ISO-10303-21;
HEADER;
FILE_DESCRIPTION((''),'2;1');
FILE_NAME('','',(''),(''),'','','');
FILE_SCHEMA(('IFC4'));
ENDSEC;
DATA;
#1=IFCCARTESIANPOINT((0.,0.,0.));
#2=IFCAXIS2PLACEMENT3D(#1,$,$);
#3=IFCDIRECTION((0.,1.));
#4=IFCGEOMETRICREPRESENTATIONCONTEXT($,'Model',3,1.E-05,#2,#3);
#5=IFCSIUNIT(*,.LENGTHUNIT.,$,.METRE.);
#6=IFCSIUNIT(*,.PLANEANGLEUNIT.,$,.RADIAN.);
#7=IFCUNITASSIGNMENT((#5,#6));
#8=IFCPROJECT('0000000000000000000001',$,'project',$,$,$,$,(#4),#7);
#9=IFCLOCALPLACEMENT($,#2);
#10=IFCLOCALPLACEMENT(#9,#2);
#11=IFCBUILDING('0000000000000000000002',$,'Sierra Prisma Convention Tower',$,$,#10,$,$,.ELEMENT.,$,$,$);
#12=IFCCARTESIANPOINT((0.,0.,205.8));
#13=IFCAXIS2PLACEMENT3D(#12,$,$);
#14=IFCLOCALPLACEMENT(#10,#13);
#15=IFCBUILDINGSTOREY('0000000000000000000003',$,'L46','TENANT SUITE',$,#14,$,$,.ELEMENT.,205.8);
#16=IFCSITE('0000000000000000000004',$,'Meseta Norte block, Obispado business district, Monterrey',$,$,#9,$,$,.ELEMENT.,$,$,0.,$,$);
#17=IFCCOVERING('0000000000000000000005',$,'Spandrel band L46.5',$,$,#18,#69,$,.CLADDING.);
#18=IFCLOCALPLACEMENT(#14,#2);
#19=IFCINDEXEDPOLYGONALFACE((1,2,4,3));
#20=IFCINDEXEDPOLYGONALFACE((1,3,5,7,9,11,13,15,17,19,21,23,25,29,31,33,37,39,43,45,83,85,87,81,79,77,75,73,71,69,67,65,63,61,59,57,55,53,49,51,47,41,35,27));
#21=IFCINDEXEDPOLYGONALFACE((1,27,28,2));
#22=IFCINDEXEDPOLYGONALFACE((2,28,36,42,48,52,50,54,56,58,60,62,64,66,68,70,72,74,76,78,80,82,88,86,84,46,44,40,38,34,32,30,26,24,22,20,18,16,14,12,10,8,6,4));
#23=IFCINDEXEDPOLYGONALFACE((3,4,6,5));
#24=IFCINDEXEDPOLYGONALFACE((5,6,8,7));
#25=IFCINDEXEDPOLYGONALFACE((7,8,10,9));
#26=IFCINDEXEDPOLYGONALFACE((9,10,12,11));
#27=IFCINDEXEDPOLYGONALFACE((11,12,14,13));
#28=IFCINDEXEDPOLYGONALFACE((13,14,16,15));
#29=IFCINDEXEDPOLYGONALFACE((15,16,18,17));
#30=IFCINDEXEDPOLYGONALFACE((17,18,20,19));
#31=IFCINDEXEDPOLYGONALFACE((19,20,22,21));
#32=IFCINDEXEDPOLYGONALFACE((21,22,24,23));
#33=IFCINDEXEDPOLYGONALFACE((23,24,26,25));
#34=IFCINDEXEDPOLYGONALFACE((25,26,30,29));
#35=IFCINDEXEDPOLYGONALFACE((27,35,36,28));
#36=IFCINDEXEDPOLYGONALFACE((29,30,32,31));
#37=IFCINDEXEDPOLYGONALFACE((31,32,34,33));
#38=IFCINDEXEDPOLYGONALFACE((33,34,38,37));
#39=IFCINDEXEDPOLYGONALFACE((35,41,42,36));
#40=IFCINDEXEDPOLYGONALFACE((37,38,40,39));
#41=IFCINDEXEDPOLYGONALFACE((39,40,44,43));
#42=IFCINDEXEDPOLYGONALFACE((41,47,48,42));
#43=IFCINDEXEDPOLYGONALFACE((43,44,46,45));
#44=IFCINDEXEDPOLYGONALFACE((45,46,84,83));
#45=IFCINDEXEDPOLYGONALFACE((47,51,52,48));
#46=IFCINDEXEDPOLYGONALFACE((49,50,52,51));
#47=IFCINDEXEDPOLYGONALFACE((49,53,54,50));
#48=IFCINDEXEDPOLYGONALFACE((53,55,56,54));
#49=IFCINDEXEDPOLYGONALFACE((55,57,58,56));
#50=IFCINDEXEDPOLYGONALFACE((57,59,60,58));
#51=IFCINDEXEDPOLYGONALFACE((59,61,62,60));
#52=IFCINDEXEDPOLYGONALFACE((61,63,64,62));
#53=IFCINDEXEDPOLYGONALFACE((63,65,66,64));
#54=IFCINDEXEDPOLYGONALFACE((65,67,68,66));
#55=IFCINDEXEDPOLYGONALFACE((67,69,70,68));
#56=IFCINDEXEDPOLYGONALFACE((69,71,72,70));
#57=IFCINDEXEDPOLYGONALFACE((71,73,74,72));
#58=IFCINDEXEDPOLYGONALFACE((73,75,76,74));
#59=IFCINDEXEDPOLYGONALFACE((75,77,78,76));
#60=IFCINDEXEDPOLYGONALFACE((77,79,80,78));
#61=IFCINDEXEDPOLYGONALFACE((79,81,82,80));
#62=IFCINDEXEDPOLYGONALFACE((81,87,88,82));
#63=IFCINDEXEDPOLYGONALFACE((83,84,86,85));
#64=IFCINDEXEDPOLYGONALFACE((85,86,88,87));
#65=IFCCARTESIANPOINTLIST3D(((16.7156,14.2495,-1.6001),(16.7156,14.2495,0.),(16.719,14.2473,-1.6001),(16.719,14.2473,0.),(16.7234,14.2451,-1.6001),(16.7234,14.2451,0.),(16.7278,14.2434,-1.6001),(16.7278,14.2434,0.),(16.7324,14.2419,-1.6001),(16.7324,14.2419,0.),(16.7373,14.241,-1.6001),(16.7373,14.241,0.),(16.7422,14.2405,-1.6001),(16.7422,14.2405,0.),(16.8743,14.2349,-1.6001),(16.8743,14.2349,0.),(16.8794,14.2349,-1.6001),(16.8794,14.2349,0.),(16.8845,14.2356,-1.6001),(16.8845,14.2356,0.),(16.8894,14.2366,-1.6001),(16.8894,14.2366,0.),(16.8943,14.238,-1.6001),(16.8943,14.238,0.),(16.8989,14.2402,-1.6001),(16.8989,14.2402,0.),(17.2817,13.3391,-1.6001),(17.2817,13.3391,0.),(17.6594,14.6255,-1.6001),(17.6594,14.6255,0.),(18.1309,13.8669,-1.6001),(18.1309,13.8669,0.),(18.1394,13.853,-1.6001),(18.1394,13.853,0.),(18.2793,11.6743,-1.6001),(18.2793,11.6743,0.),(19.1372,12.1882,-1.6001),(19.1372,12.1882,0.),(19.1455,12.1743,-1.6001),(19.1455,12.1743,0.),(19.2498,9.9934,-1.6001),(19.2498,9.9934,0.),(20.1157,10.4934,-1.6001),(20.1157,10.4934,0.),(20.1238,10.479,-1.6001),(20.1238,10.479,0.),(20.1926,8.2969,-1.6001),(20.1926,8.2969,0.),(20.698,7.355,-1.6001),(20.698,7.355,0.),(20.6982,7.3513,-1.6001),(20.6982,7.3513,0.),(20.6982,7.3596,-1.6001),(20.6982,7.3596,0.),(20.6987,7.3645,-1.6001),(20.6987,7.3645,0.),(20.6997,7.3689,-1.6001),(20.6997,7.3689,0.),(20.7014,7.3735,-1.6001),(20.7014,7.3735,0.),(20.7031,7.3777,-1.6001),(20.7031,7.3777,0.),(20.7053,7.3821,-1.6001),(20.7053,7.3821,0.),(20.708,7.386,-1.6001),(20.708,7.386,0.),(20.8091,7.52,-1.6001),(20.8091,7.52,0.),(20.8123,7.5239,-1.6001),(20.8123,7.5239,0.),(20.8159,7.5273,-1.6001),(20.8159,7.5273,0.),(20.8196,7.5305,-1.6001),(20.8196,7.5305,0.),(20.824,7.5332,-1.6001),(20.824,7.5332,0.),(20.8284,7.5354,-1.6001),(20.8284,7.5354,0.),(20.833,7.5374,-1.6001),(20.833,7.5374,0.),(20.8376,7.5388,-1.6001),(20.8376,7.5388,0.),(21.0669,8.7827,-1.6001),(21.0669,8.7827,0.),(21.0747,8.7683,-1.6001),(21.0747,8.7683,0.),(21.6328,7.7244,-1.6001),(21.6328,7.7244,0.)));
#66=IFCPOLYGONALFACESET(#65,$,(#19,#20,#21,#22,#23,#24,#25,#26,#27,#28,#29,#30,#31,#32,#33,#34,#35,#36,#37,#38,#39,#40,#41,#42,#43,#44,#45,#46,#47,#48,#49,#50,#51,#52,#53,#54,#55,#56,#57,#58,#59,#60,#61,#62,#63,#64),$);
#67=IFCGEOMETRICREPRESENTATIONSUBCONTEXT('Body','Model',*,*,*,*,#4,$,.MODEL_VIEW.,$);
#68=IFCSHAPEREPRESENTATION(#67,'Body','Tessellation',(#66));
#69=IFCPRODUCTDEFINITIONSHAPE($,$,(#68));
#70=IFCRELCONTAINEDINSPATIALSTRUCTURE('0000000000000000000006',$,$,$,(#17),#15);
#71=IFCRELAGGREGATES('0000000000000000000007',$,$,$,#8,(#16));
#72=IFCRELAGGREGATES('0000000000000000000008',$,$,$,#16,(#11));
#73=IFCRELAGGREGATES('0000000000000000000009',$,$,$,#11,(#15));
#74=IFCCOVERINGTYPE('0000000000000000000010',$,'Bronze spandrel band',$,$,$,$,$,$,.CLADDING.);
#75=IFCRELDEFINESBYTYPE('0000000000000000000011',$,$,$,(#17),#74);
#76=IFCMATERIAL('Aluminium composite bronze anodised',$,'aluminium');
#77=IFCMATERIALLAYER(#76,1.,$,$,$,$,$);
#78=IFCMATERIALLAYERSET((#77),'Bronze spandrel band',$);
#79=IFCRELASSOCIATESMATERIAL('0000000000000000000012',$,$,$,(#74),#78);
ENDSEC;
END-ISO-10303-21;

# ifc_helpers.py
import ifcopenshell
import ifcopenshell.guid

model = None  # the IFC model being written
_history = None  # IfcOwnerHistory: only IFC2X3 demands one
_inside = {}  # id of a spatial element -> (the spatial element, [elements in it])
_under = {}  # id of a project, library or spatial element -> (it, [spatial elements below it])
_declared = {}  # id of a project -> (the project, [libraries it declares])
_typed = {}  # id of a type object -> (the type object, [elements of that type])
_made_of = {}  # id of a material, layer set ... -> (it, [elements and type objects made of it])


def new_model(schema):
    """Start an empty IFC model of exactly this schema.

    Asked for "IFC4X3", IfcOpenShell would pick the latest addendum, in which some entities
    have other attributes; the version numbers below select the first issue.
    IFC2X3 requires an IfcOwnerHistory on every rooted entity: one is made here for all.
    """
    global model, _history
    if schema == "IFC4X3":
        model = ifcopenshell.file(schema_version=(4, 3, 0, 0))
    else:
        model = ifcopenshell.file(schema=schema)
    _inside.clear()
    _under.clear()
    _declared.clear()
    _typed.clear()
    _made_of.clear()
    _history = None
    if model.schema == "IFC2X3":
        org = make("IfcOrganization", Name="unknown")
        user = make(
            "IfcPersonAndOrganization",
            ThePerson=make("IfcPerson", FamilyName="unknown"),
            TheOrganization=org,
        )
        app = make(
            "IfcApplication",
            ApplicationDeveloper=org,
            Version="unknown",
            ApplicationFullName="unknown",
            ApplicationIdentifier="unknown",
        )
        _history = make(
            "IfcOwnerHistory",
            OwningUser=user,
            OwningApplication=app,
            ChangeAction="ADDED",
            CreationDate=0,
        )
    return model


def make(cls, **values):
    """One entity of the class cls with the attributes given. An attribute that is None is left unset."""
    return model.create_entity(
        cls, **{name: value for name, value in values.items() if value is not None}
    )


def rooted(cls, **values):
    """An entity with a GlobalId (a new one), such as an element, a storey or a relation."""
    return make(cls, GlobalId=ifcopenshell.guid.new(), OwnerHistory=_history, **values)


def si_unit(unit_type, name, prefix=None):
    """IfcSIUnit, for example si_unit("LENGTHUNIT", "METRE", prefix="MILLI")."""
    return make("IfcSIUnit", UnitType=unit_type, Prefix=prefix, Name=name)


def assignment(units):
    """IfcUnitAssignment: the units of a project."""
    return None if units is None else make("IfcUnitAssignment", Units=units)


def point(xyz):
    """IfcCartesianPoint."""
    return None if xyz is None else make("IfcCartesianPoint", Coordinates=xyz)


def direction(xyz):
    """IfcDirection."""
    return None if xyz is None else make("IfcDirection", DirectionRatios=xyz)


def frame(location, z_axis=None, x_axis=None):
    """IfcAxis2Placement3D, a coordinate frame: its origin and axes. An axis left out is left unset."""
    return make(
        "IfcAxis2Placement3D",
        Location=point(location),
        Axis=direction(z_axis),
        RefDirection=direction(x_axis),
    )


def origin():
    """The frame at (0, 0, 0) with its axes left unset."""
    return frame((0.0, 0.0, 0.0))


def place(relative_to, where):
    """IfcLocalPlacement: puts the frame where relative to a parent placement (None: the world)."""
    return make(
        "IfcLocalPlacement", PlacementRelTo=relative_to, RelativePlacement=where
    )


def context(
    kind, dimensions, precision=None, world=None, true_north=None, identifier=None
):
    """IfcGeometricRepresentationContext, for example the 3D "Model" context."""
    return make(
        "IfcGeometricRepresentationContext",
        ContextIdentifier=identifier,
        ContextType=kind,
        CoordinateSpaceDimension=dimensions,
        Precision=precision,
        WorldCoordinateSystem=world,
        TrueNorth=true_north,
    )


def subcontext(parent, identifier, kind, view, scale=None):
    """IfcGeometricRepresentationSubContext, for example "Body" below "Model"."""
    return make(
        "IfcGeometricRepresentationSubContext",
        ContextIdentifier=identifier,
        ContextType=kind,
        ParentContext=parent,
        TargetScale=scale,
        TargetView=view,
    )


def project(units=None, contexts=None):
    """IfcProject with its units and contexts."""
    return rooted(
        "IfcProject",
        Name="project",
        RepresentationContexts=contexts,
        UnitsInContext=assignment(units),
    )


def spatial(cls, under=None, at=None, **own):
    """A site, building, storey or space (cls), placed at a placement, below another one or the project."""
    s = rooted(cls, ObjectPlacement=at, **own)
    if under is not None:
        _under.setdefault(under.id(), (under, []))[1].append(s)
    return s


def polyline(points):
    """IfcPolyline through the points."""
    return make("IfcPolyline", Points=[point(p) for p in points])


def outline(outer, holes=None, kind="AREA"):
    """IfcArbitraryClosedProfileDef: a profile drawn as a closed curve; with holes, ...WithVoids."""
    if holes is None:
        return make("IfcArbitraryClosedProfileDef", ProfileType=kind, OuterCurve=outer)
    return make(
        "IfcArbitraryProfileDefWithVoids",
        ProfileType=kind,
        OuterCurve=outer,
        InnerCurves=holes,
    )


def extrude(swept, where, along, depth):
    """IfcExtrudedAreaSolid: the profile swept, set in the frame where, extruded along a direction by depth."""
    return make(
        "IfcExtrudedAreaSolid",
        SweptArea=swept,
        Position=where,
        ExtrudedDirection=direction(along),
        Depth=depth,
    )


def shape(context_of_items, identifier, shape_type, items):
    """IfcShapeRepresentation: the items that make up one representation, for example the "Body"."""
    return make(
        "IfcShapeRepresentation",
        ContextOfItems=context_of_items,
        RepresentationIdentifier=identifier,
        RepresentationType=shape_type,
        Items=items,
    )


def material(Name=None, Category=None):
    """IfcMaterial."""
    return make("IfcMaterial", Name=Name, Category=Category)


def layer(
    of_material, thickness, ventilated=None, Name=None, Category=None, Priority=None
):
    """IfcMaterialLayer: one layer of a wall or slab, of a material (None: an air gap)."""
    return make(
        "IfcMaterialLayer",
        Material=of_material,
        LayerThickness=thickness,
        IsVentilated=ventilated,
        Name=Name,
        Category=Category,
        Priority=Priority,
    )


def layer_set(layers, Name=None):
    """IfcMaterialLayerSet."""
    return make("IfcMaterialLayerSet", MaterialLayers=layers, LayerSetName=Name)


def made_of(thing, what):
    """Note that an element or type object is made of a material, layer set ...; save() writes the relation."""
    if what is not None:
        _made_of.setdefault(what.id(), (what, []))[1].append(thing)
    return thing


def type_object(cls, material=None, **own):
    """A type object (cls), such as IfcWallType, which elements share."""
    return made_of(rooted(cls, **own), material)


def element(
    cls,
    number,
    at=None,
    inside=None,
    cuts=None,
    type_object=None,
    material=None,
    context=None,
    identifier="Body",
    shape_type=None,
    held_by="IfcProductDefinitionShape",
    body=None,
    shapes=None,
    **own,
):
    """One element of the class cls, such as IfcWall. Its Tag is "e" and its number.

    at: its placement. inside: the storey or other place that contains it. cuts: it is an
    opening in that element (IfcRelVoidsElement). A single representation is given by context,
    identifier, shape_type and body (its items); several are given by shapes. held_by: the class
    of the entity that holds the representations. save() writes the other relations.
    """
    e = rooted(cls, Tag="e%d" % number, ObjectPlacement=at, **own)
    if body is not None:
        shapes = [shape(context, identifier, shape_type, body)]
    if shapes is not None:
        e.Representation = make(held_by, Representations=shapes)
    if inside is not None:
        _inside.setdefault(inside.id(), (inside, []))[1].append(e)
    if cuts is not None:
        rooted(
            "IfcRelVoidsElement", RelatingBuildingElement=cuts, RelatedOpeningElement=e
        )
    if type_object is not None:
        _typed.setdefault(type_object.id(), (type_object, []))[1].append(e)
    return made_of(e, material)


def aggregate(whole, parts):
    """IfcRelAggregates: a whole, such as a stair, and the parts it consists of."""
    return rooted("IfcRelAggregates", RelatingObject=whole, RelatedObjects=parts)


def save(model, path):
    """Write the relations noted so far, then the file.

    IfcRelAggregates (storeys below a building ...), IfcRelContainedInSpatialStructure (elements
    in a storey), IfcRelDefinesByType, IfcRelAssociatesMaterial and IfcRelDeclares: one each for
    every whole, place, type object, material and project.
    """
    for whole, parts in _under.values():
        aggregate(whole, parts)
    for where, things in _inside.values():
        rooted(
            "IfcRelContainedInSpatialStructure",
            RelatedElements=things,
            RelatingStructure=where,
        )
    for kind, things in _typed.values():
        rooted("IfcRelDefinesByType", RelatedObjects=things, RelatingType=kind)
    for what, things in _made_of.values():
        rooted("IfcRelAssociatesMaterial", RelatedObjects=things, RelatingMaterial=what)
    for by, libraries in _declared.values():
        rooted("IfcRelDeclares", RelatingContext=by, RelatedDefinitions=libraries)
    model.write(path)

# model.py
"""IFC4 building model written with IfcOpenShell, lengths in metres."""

from ifc_helpers import new_model, si_unit, direction, frame, origin, place, context, subcontext, project, spatial, polyline, outline, extrude, material, layer, layer_set, type_object, element, save


model = new_model("IFC4")

# Units and contexts
model_context = context("Model", 3, precision=1e-05, world=origin(), true_north=direction((0.0, 1.0)))
body_context = subcontext(model_context, "Body", "Model", "MODEL_VIEW")
ifc_project = project(units=[si_unit("LENGTHUNIT", "METRE"), si_unit("PLANEANGLEUNIT", "RADIAN")], contexts=[model_context])

# Site, building, storey
site_placement = place(None, origin())
site = spatial("IfcSite", under=ifc_project, at=site_placement, Name="Meseta Norte block, Obispado business district, Monterrey", CompositionType="ELEMENT", RefElevation=0.0)
building_placement = place(site_placement, origin())
building = spatial("IfcBuilding", under=site, at=building_placement, Name="Sierra Prisma Convention Tower", CompositionType="ELEMENT")
storey_placement = place(building_placement, frame((0.0, 0.0, 205.8)))
storey = spatial("IfcBuildingStorey", under=building, at=storey_placement, Name="L46", Description="TENANT SUITE", CompositionType="ELEMENT", Elevation=205.8)

# Covering
ifc_material_1 = material(Name="Aluminium composite bronze anodised", Category="aluminium")
ifc_layer_1 = layer(ifc_material_1, 1.0)
ifc_layer_set_1 = layer_set([ifc_layer_1], Name="Bronze spandrel band")
covering_type_1 = type_object("IfcCoveringType", Name="Bronze spandrel band", PredefinedType="CLADDING", material=ifc_layer_set_1)
covering_1_placement = place(storey_placement, frame((0.0, 0.0, -1.6001)))
element("IfcCovering", 1, at=covering_1_placement, inside=storey, type_object=covering_type_1, Name="Spandrel band L46.5", PredefinedType="CLADDING", context=body_context, shape_type="SweptSolid", body=[
    extrude(outline(polyline([(21.6328, 7.7244), (20.8376, 7.5388), (20.833, 7.5374), (20.8284, 7.5354), (20.824, 7.5332), (20.8196, 7.5305), (20.8159, 7.5273), (20.8123, 7.5239), (20.8091, 7.52), (20.708, 7.386), (20.7053, 7.3821), (20.7031, 7.3777), (20.7014, 7.3735), (20.6997, 7.3689), (20.6987, 7.3645), (20.6982, 7.3596), (20.698, 7.355), (20.6982, 7.3513), (20.1926, 8.2969), (19.2498, 9.9934), (18.2793, 11.6743), (17.2817, 13.3391), (16.7156, 14.2495), (16.719, 14.2473), (16.7234, 14.2451), (16.7278, 14.2434), (16.7324, 14.2419), (16.7373, 14.241), (16.7422, 14.2405), (16.8743, 14.2349), (16.8794, 14.2349), (16.8845, 14.2356), (16.8894, 14.2366), (16.8943, 14.238), (16.8989, 14.2402), (17.6594, 14.6255), (18.1309, 13.8669), (18.1394, 13.853), (19.1372, 12.1882), (19.1455, 12.1743), (20.1157, 10.4934), (20.1238, 10.479), (21.0669, 8.7827), (21.0747, 8.7683), (21.6328, 7.7244)])), origin(), (0.0, 0.0, 1.0), 1.6001),
])

save(model, "model.ifc")
